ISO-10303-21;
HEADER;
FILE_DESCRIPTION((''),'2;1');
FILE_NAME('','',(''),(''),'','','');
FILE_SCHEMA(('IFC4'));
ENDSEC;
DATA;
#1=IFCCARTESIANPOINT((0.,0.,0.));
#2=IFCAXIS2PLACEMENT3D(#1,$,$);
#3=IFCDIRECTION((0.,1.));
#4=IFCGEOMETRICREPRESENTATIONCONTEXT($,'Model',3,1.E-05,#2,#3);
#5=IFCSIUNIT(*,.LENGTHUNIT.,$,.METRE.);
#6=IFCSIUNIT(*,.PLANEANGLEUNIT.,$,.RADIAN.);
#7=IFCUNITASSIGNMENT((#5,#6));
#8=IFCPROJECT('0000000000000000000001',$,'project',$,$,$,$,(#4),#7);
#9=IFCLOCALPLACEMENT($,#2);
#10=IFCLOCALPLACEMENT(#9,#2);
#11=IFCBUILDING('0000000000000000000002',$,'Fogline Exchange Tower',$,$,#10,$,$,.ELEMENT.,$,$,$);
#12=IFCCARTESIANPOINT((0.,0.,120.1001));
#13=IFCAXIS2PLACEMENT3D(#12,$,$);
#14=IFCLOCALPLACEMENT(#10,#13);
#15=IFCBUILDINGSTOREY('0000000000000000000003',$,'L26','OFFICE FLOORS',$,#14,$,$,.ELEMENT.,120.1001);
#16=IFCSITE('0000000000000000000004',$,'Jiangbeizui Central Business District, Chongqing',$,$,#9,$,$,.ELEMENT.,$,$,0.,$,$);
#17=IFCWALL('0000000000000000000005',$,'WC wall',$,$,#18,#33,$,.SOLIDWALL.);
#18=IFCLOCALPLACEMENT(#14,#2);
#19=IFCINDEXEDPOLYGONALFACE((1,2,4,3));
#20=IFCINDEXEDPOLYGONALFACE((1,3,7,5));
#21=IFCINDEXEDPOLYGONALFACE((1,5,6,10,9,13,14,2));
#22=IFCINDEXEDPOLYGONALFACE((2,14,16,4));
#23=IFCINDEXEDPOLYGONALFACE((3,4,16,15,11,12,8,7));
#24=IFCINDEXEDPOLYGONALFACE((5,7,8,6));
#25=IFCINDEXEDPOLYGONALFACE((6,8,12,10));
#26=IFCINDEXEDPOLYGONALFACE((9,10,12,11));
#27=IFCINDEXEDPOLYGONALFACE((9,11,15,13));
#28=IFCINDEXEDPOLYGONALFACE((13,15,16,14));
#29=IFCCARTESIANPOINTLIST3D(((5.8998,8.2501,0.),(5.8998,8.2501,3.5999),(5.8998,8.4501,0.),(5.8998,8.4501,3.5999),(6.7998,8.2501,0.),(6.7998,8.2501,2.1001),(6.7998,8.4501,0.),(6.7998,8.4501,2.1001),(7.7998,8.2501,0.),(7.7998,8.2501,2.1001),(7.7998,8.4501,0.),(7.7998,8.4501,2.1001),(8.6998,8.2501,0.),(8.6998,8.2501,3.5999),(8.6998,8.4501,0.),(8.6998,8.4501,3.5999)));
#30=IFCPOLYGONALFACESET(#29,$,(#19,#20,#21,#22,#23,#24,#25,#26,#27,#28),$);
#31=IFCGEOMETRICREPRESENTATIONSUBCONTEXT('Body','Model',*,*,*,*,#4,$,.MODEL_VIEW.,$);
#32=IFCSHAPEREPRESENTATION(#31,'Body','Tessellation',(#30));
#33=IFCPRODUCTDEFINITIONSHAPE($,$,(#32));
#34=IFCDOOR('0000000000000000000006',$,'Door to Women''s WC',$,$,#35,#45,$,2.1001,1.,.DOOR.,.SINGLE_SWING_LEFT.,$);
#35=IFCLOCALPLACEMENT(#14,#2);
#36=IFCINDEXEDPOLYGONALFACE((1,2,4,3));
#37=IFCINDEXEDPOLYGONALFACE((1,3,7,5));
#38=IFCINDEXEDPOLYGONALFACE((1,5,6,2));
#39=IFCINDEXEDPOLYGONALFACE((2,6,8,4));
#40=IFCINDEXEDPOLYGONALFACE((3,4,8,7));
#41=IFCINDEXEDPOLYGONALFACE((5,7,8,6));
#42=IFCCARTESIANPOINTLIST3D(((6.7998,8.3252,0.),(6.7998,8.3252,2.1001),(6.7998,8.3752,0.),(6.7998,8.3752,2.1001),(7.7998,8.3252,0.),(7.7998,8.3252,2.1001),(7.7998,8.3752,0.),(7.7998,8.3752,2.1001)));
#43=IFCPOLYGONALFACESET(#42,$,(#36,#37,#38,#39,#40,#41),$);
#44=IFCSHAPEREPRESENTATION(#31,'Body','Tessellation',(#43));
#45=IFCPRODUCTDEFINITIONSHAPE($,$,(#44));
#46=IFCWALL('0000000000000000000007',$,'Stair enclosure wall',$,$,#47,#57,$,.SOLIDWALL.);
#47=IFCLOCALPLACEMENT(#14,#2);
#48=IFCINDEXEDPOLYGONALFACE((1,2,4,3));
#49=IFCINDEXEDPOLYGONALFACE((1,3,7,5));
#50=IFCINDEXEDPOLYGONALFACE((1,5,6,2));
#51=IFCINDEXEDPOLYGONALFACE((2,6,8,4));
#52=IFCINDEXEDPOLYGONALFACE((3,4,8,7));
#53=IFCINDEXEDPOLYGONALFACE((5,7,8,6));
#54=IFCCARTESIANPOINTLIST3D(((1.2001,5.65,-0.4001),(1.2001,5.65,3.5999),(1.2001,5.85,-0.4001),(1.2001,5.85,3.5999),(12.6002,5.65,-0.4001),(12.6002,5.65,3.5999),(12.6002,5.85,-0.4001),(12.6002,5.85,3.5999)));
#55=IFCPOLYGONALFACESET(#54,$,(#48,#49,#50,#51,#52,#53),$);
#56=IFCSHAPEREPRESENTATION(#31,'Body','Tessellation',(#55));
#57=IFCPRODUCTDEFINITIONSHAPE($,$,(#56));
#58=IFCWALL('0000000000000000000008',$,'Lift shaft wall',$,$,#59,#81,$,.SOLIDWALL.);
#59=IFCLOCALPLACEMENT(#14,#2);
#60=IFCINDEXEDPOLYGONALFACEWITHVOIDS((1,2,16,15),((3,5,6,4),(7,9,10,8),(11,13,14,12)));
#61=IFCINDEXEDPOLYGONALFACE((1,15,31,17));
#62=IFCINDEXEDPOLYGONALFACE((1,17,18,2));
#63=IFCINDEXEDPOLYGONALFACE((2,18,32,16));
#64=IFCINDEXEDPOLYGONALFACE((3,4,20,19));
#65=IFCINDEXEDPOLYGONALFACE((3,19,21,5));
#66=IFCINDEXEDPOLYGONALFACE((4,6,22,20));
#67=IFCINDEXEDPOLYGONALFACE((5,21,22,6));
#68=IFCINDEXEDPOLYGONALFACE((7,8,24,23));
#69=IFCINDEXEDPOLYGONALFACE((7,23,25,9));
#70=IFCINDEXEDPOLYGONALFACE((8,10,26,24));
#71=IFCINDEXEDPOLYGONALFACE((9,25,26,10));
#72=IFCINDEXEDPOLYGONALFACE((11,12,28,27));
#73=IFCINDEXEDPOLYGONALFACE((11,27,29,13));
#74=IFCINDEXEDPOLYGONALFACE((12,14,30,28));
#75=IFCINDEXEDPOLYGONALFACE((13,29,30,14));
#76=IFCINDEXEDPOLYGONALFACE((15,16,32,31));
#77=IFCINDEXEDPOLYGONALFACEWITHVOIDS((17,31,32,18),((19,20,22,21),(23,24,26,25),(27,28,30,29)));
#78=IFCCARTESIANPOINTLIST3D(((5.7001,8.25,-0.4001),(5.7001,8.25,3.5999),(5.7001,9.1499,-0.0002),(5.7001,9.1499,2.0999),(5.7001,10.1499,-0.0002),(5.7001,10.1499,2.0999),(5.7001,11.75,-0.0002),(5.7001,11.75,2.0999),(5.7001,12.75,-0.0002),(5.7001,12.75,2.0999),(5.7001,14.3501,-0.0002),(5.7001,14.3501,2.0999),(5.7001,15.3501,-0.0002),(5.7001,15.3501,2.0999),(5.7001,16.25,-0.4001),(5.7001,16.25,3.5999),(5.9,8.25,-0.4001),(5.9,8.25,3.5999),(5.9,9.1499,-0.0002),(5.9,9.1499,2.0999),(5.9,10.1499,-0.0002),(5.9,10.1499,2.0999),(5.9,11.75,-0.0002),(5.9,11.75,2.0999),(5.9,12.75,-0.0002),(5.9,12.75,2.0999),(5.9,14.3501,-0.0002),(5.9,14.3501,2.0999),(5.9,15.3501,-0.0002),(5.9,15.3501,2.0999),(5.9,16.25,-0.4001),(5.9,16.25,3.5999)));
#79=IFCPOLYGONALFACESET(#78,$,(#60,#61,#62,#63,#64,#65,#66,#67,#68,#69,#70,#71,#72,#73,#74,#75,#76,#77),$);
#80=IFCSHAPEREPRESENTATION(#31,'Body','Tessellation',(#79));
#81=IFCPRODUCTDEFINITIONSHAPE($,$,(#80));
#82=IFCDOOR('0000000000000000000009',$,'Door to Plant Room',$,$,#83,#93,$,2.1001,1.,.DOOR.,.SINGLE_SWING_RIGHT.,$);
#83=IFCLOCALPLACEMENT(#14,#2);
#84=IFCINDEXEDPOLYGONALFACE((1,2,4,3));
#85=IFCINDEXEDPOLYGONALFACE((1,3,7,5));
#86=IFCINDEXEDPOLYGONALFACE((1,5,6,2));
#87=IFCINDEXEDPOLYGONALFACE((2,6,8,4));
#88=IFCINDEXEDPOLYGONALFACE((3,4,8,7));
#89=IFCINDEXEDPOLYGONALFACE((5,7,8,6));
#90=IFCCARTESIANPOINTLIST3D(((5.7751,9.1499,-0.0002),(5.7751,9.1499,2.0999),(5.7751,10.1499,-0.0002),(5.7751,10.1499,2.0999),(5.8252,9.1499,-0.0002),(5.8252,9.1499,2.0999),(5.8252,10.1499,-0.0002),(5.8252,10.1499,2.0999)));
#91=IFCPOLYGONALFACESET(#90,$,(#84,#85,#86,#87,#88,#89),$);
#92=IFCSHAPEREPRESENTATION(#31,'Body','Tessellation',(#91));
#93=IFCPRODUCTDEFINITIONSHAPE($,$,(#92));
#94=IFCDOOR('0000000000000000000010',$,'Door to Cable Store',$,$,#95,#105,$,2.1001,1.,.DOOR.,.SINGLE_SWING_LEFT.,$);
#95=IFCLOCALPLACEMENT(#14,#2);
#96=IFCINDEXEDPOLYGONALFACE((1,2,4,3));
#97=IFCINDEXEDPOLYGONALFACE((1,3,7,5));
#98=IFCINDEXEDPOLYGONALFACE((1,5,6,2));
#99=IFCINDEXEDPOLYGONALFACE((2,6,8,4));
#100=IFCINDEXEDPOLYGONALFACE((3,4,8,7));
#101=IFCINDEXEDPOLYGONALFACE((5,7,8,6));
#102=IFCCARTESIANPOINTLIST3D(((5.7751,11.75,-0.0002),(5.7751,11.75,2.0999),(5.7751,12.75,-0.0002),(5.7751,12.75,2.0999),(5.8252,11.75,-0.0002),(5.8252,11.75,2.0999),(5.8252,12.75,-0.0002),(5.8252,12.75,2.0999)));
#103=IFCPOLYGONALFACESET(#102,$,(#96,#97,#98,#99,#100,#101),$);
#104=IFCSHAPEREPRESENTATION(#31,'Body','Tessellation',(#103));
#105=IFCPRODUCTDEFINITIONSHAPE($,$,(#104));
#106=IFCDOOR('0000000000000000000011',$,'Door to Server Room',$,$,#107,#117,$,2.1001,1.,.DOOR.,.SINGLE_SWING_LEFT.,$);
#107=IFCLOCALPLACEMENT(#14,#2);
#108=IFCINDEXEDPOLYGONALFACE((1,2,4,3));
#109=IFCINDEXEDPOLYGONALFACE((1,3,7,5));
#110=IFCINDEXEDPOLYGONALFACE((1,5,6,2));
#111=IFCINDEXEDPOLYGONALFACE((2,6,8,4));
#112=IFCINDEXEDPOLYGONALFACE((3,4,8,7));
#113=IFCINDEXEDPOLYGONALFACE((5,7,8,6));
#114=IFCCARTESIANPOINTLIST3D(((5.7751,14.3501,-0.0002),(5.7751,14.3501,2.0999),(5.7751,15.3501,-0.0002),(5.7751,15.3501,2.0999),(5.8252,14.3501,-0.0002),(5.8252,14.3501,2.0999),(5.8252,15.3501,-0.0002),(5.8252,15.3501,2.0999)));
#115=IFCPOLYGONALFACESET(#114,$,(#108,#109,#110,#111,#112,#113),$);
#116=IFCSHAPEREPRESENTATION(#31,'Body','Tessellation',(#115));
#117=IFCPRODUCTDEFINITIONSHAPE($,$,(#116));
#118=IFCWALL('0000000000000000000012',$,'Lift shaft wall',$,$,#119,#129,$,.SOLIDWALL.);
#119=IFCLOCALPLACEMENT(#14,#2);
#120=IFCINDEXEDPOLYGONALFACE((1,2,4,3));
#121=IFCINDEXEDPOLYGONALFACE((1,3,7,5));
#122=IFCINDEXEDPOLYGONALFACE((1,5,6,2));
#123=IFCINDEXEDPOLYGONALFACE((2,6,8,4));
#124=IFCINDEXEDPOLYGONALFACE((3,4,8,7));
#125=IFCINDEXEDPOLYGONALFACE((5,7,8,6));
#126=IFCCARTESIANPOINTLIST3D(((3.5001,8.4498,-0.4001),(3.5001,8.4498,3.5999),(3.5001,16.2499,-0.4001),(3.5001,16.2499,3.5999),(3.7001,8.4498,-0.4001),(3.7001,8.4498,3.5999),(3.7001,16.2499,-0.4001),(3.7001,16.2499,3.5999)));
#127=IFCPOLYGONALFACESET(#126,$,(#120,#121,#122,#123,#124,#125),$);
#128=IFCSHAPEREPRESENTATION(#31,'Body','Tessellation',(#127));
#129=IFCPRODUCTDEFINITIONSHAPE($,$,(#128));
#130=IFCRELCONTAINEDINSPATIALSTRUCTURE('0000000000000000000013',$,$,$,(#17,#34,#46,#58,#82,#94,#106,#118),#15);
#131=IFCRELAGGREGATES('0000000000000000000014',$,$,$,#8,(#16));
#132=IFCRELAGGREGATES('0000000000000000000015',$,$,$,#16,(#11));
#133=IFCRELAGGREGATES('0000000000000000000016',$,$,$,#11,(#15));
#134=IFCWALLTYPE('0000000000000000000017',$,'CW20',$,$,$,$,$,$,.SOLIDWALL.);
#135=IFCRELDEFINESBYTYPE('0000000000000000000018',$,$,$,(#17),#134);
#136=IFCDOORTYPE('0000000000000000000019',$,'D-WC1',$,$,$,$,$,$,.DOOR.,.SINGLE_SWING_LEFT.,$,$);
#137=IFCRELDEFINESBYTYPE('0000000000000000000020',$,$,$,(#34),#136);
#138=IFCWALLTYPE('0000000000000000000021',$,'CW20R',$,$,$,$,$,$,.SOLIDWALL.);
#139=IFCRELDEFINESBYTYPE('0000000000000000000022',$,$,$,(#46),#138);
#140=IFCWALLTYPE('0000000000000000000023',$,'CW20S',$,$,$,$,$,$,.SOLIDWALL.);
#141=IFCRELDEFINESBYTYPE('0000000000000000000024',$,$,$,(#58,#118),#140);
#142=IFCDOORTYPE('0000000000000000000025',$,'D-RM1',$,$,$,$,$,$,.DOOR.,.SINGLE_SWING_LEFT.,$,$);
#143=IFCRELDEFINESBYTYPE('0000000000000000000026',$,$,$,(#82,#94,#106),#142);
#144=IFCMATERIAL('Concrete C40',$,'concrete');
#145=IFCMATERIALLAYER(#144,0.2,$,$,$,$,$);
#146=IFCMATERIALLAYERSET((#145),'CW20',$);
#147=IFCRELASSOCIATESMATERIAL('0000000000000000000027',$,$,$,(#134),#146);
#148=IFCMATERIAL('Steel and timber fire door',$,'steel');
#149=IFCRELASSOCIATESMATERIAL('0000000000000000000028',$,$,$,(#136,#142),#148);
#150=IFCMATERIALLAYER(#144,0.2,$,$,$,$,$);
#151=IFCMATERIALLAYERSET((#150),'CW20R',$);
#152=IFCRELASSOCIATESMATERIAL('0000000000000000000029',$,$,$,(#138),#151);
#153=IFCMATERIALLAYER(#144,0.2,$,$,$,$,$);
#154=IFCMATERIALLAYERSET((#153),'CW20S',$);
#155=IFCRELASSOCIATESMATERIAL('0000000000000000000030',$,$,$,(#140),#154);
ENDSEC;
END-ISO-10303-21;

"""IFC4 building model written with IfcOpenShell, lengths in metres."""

from ifc_helpers import new_model, si_unit, direction, frame, frame_2d, origin, place, context, subcontext, project, spatial, rectangle, extrude, material, layer, layer_set, type_object, element, fill, save


model = new_model("IFC4")

# Units and contexts
model_context = context("Model", 3, precision=1e-05, world=origin(), true_north=direction((0.0, 1.0)))
body_context = subcontext(model_context, "Body", "Model", "MODEL_VIEW")
ifc_project = project(units=[si_unit("LENGTHUNIT", "METRE"), si_unit("PLANEANGLEUNIT", "RADIAN")], contexts=[model_context])

# Site, building, storey
site_placement = place(None, origin())
site = spatial("IfcSite", under=ifc_project, at=site_placement, Name="Jiangbeizui Central Business District, Chongqing", CompositionType="ELEMENT", RefElevation=0.0)
building_placement = place(site_placement, origin())
building = spatial("IfcBuilding", under=site, at=building_placement, Name="Fogline Exchange Tower", CompositionType="ELEMENT")
storey_placement = place(building_placement, frame((0.0, 0.0, 120.1001)))
storey = spatial("IfcBuildingStorey", under=building, at=storey_placement, Name="L26", Description="OFFICE FLOORS", CompositionType="ELEMENT", Elevation=120.1001)

# Shared definitions
ifc_material_1 = material(Name="Concrete C40", Category="concrete")

# Wall, opening, door
ifc_layer_1 = layer(ifc_material_1, 0.2)
ifc_layer_set_1 = layer_set([ifc_layer_1], Name="CW20")
wall_type_1 = type_object("IfcWallType", Name="CW20", PredefinedType="SOLIDWALL", material=ifc_layer_set_1)
wall_1_placement = place(storey_placement, frame((5.8999, 8.3501, 0.0), z_axis=(0.0, 0.0, 1.0), x_axis=(1.0, 0.0, 0.0)))
wall_1 = element("IfcWall", 1, at=wall_1_placement, inside=storey, type_object=wall_type_1, Name="WC wall", PredefinedType="SOLIDWALL", context=body_context, shape_type="SweptSolid", body=[
    extrude(rectangle(XDim=2.8, YDim=0.2, at=frame_2d((1.3999, 0.0))), origin(), (0.0, 0.0, 1.0), 3.5999),
])
opening_1_placement = place(wall_1_placement, frame((0.8999, 0.0, 0.0)))
opening_1 = element("IfcOpeningElement", 2, at=opening_1_placement, cuts=wall_1, PredefinedType="OPENING", context=body_context, shape_type="SweptSolid", body=[
    extrude(rectangle(XDim=1.0, YDim=2.1001, at=frame_2d((0.5, 1.05))), frame((0.0, 0.1099, 0.0), z_axis=(0.0, -1.0, 0.0), x_axis=(1.0, 0.0, 0.0)), (0.0, 0.0, 1.0), 0.22),
])
ifc_material_2 = material(Name="Steel and timber fire door", Category="steel")
door_type_1 = type_object("IfcDoorType", Name="D-WC1", OperationType="SINGLE_SWING_LEFT", PredefinedType="DOOR", material=ifc_material_2)
door_1_placement = place(opening_1_placement, frame((1.0, 0.0, 0.0), z_axis=(0.0, 0.0, 1.0), x_axis=(-1.0, 0.0, 0.0)))
door_1 = element("IfcDoor", 3, at=door_1_placement, inside=storey, type_object=door_type_1, Name="Door to Women's WC", OperationType="SINGLE_SWING_LEFT", OverallHeight=2.1001, OverallWidth=1.0, PredefinedType="DOOR", context=body_context, shape_type="SweptSolid", body=[
    extrude(rectangle(XDim=1.0, YDim=2.1001, at=frame_2d((0.5, 1.05))), frame((0.0, 0.0249, 0.0), z_axis=(0.0, -1.0, 0.0), x_axis=(1.0, 0.0, 0.0)), (0.0, 0.0, 1.0), 0.05),
])
fill(opening_1, door_1)

# Wall
ifc_layer_2 = layer(ifc_material_1, 0.2)
ifc_layer_set_2 = layer_set([ifc_layer_2], Name="CW20R")
wall_type_2 = type_object("IfcWallType", Name="CW20R", PredefinedType="SOLIDWALL", material=ifc_layer_set_2)
wall_2_placement = place(storey_placement, frame((1.2, 5.75, -0.4001), z_axis=(0.0, 0.0, 1.0), x_axis=(1.0, 0.0, 0.0)))
element("IfcWall", 4, at=wall_2_placement, inside=storey, type_object=wall_type_2, Name="Stair enclosure wall", PredefinedType="SOLIDWALL", context=body_context, shape_type="SweptSolid", body=[
    extrude(rectangle(XDim=11.4001, YDim=0.2, at=frame_2d((5.7002, 0.0))), origin(), (0.0, 0.0, 1.0), 4.0),
])

# Wall, openings, doors
ifc_layer_3 = layer(ifc_material_1, 0.2)
ifc_layer_set_3 = layer_set([ifc_layer_3], Name="CW20S")
wall_type_3 = type_object("IfcWallType", Name="CW20S", PredefinedType="SOLIDWALL", material=ifc_layer_set_3)
wall_3_placement = place(storey_placement, frame((5.8, 8.25, -0.4001), z_axis=(0.0, 0.0, 1.0), x_axis=(0.0, 1.0, 0.0)))
wall_3 = element("IfcWall", 5, at=wall_3_placement, inside=storey, type_object=wall_type_3, Name="Lift shaft wall", PredefinedType="SOLIDWALL", context=body_context, shape_type="SweptSolid", body=[
    extrude(rectangle(XDim=8.0, YDim=0.2, at=frame_2d((4.0, 0.0))), origin(), (0.0, 0.0, 1.0), 4.0),
])
opening_2_placement = place(wall_3_placement, frame((0.8999, 0.0, 0.3999)))
opening_2 = element("IfcOpeningElement", 6, at=opening_2_placement, cuts=wall_3, PredefinedType="OPENING", context=body_context, shape_type="SweptSolid", body=[
    extrude(rectangle(XDim=1.0, YDim=2.1001, at=frame_2d((0.5, 1.05))), frame((0.0, 0.1099, 0.0), z_axis=(0.0, -1.0, 0.0), x_axis=(1.0, 0.0, 0.0)), (0.0, 0.0, 1.0), 0.22),
])
opening_3_placement = place(wall_3_placement, frame((3.5, 0.0, 0.3999)))
opening_3 = element("IfcOpeningElement", 7, at=opening_3_placement, cuts=wall_3, PredefinedType="OPENING", context=body_context, shape_type="SweptSolid", body=[
    extrude(rectangle(XDim=1.0, YDim=2.1001, at=frame_2d((0.5, 1.05))), frame((0.0, 0.1099, 0.0), z_axis=(0.0, -1.0, 0.0), x_axis=(1.0, 0.0, 0.0)), (0.0, 0.0, 1.0), 0.22),
])
opening_4_placement = place(wall_3_placement, frame((6.1001, 0.0, 0.3999)))
opening_4 = element("IfcOpeningElement", 8, at=opening_4_placement, cuts=wall_3, PredefinedType="OPENING", context=body_context, shape_type="SweptSolid", body=[
    extrude(rectangle(XDim=1.0, YDim=2.1001, at=frame_2d((0.5, 1.05))), frame((0.0, 0.1099, 0.0), z_axis=(0.0, -1.0, 0.0), x_axis=(1.0, 0.0, 0.0)), (0.0, 0.0, 1.0), 0.22),
])
door_type_2 = type_object("IfcDoorType", Name="D-RM1", OperationType="SINGLE_SWING_LEFT", PredefinedType="DOOR", material=ifc_material_2)
door_2_placement = place(opening_2_placement, origin())
door_2 = element("IfcDoor", 9, at=door_2_placement, inside=storey, type_object=door_type_2, Name="Door to Plant Room", OperationType="SINGLE_SWING_RIGHT", OverallHeight=2.1001, OverallWidth=1.0, PredefinedType="DOOR", context=body_context, shape_type="SweptSolid", body=[
    extrude(rectangle(XDim=1.0, YDim=2.1001, at=frame_2d((0.5, 1.05))), frame((0.0, 0.0249, 0.0), z_axis=(0.0, -1.0, 0.0), x_axis=(1.0, 0.0, 0.0)), (0.0, 0.0, 1.0), 0.05),
])
fill(opening_2, door_2)
door_3_placement = place(opening_3_placement, origin())
door_3 = element("IfcDoor", 10, at=door_3_placement, inside=storey, type_object=door_type_2, Name="Door to Cable Store", OperationType="SINGLE_SWING_LEFT", OverallHeight=2.1001, OverallWidth=1.0, PredefinedType="DOOR", context=body_context, shape_type="SweptSolid", body=[
    extrude(rectangle(XDim=1.0, YDim=2.1001, at=frame_2d((0.5, 1.05))), frame((0.0, 0.0249, 0.0), z_axis=(0.0, -1.0, 0.0), x_axis=(1.0, 0.0, 0.0)), (0.0, 0.0, 1.0), 0.05),
])
fill(opening_3, door_3)
door_4_placement = place(opening_4_placement, origin())
door_4 = element("IfcDoor", 11, at=door_4_placement, inside=storey, type_object=door_type_2, Name="Door to Server Room", OperationType="SINGLE_SWING_LEFT", OverallHeight=2.1001, OverallWidth=1.0, PredefinedType="DOOR", context=body_context, shape_type="SweptSolid", body=[
    extrude(rectangle(XDim=1.0, YDim=2.1001, at=frame_2d((0.5, 1.05))), frame((0.0, 0.0249, 0.0), z_axis=(0.0, -1.0, 0.0), x_axis=(1.0, 0.0, 0.0)), (0.0, 0.0, 1.0), 0.05),
])
fill(opening_4, door_4)

# Wall
wall_4_placement = place(storey_placement, frame((3.6001, 8.45, -0.4001), z_axis=(0.0, 0.0, 1.0), x_axis=(0.0, 1.0, 0.0)))
element("IfcWall", 12, at=wall_4_placement, inside=storey, type_object=wall_type_3, Name="Lift shaft wall", PredefinedType="SOLIDWALL", context=body_context, shape_type="SweptSolid", body=[
    extrude(rectangle(XDim=7.8, YDim=0.2, at=frame_2d((3.8999, 0.0))), origin(), (0.0, 0.0, 1.0), 4.0),
])

save(model, "model.ifc")
